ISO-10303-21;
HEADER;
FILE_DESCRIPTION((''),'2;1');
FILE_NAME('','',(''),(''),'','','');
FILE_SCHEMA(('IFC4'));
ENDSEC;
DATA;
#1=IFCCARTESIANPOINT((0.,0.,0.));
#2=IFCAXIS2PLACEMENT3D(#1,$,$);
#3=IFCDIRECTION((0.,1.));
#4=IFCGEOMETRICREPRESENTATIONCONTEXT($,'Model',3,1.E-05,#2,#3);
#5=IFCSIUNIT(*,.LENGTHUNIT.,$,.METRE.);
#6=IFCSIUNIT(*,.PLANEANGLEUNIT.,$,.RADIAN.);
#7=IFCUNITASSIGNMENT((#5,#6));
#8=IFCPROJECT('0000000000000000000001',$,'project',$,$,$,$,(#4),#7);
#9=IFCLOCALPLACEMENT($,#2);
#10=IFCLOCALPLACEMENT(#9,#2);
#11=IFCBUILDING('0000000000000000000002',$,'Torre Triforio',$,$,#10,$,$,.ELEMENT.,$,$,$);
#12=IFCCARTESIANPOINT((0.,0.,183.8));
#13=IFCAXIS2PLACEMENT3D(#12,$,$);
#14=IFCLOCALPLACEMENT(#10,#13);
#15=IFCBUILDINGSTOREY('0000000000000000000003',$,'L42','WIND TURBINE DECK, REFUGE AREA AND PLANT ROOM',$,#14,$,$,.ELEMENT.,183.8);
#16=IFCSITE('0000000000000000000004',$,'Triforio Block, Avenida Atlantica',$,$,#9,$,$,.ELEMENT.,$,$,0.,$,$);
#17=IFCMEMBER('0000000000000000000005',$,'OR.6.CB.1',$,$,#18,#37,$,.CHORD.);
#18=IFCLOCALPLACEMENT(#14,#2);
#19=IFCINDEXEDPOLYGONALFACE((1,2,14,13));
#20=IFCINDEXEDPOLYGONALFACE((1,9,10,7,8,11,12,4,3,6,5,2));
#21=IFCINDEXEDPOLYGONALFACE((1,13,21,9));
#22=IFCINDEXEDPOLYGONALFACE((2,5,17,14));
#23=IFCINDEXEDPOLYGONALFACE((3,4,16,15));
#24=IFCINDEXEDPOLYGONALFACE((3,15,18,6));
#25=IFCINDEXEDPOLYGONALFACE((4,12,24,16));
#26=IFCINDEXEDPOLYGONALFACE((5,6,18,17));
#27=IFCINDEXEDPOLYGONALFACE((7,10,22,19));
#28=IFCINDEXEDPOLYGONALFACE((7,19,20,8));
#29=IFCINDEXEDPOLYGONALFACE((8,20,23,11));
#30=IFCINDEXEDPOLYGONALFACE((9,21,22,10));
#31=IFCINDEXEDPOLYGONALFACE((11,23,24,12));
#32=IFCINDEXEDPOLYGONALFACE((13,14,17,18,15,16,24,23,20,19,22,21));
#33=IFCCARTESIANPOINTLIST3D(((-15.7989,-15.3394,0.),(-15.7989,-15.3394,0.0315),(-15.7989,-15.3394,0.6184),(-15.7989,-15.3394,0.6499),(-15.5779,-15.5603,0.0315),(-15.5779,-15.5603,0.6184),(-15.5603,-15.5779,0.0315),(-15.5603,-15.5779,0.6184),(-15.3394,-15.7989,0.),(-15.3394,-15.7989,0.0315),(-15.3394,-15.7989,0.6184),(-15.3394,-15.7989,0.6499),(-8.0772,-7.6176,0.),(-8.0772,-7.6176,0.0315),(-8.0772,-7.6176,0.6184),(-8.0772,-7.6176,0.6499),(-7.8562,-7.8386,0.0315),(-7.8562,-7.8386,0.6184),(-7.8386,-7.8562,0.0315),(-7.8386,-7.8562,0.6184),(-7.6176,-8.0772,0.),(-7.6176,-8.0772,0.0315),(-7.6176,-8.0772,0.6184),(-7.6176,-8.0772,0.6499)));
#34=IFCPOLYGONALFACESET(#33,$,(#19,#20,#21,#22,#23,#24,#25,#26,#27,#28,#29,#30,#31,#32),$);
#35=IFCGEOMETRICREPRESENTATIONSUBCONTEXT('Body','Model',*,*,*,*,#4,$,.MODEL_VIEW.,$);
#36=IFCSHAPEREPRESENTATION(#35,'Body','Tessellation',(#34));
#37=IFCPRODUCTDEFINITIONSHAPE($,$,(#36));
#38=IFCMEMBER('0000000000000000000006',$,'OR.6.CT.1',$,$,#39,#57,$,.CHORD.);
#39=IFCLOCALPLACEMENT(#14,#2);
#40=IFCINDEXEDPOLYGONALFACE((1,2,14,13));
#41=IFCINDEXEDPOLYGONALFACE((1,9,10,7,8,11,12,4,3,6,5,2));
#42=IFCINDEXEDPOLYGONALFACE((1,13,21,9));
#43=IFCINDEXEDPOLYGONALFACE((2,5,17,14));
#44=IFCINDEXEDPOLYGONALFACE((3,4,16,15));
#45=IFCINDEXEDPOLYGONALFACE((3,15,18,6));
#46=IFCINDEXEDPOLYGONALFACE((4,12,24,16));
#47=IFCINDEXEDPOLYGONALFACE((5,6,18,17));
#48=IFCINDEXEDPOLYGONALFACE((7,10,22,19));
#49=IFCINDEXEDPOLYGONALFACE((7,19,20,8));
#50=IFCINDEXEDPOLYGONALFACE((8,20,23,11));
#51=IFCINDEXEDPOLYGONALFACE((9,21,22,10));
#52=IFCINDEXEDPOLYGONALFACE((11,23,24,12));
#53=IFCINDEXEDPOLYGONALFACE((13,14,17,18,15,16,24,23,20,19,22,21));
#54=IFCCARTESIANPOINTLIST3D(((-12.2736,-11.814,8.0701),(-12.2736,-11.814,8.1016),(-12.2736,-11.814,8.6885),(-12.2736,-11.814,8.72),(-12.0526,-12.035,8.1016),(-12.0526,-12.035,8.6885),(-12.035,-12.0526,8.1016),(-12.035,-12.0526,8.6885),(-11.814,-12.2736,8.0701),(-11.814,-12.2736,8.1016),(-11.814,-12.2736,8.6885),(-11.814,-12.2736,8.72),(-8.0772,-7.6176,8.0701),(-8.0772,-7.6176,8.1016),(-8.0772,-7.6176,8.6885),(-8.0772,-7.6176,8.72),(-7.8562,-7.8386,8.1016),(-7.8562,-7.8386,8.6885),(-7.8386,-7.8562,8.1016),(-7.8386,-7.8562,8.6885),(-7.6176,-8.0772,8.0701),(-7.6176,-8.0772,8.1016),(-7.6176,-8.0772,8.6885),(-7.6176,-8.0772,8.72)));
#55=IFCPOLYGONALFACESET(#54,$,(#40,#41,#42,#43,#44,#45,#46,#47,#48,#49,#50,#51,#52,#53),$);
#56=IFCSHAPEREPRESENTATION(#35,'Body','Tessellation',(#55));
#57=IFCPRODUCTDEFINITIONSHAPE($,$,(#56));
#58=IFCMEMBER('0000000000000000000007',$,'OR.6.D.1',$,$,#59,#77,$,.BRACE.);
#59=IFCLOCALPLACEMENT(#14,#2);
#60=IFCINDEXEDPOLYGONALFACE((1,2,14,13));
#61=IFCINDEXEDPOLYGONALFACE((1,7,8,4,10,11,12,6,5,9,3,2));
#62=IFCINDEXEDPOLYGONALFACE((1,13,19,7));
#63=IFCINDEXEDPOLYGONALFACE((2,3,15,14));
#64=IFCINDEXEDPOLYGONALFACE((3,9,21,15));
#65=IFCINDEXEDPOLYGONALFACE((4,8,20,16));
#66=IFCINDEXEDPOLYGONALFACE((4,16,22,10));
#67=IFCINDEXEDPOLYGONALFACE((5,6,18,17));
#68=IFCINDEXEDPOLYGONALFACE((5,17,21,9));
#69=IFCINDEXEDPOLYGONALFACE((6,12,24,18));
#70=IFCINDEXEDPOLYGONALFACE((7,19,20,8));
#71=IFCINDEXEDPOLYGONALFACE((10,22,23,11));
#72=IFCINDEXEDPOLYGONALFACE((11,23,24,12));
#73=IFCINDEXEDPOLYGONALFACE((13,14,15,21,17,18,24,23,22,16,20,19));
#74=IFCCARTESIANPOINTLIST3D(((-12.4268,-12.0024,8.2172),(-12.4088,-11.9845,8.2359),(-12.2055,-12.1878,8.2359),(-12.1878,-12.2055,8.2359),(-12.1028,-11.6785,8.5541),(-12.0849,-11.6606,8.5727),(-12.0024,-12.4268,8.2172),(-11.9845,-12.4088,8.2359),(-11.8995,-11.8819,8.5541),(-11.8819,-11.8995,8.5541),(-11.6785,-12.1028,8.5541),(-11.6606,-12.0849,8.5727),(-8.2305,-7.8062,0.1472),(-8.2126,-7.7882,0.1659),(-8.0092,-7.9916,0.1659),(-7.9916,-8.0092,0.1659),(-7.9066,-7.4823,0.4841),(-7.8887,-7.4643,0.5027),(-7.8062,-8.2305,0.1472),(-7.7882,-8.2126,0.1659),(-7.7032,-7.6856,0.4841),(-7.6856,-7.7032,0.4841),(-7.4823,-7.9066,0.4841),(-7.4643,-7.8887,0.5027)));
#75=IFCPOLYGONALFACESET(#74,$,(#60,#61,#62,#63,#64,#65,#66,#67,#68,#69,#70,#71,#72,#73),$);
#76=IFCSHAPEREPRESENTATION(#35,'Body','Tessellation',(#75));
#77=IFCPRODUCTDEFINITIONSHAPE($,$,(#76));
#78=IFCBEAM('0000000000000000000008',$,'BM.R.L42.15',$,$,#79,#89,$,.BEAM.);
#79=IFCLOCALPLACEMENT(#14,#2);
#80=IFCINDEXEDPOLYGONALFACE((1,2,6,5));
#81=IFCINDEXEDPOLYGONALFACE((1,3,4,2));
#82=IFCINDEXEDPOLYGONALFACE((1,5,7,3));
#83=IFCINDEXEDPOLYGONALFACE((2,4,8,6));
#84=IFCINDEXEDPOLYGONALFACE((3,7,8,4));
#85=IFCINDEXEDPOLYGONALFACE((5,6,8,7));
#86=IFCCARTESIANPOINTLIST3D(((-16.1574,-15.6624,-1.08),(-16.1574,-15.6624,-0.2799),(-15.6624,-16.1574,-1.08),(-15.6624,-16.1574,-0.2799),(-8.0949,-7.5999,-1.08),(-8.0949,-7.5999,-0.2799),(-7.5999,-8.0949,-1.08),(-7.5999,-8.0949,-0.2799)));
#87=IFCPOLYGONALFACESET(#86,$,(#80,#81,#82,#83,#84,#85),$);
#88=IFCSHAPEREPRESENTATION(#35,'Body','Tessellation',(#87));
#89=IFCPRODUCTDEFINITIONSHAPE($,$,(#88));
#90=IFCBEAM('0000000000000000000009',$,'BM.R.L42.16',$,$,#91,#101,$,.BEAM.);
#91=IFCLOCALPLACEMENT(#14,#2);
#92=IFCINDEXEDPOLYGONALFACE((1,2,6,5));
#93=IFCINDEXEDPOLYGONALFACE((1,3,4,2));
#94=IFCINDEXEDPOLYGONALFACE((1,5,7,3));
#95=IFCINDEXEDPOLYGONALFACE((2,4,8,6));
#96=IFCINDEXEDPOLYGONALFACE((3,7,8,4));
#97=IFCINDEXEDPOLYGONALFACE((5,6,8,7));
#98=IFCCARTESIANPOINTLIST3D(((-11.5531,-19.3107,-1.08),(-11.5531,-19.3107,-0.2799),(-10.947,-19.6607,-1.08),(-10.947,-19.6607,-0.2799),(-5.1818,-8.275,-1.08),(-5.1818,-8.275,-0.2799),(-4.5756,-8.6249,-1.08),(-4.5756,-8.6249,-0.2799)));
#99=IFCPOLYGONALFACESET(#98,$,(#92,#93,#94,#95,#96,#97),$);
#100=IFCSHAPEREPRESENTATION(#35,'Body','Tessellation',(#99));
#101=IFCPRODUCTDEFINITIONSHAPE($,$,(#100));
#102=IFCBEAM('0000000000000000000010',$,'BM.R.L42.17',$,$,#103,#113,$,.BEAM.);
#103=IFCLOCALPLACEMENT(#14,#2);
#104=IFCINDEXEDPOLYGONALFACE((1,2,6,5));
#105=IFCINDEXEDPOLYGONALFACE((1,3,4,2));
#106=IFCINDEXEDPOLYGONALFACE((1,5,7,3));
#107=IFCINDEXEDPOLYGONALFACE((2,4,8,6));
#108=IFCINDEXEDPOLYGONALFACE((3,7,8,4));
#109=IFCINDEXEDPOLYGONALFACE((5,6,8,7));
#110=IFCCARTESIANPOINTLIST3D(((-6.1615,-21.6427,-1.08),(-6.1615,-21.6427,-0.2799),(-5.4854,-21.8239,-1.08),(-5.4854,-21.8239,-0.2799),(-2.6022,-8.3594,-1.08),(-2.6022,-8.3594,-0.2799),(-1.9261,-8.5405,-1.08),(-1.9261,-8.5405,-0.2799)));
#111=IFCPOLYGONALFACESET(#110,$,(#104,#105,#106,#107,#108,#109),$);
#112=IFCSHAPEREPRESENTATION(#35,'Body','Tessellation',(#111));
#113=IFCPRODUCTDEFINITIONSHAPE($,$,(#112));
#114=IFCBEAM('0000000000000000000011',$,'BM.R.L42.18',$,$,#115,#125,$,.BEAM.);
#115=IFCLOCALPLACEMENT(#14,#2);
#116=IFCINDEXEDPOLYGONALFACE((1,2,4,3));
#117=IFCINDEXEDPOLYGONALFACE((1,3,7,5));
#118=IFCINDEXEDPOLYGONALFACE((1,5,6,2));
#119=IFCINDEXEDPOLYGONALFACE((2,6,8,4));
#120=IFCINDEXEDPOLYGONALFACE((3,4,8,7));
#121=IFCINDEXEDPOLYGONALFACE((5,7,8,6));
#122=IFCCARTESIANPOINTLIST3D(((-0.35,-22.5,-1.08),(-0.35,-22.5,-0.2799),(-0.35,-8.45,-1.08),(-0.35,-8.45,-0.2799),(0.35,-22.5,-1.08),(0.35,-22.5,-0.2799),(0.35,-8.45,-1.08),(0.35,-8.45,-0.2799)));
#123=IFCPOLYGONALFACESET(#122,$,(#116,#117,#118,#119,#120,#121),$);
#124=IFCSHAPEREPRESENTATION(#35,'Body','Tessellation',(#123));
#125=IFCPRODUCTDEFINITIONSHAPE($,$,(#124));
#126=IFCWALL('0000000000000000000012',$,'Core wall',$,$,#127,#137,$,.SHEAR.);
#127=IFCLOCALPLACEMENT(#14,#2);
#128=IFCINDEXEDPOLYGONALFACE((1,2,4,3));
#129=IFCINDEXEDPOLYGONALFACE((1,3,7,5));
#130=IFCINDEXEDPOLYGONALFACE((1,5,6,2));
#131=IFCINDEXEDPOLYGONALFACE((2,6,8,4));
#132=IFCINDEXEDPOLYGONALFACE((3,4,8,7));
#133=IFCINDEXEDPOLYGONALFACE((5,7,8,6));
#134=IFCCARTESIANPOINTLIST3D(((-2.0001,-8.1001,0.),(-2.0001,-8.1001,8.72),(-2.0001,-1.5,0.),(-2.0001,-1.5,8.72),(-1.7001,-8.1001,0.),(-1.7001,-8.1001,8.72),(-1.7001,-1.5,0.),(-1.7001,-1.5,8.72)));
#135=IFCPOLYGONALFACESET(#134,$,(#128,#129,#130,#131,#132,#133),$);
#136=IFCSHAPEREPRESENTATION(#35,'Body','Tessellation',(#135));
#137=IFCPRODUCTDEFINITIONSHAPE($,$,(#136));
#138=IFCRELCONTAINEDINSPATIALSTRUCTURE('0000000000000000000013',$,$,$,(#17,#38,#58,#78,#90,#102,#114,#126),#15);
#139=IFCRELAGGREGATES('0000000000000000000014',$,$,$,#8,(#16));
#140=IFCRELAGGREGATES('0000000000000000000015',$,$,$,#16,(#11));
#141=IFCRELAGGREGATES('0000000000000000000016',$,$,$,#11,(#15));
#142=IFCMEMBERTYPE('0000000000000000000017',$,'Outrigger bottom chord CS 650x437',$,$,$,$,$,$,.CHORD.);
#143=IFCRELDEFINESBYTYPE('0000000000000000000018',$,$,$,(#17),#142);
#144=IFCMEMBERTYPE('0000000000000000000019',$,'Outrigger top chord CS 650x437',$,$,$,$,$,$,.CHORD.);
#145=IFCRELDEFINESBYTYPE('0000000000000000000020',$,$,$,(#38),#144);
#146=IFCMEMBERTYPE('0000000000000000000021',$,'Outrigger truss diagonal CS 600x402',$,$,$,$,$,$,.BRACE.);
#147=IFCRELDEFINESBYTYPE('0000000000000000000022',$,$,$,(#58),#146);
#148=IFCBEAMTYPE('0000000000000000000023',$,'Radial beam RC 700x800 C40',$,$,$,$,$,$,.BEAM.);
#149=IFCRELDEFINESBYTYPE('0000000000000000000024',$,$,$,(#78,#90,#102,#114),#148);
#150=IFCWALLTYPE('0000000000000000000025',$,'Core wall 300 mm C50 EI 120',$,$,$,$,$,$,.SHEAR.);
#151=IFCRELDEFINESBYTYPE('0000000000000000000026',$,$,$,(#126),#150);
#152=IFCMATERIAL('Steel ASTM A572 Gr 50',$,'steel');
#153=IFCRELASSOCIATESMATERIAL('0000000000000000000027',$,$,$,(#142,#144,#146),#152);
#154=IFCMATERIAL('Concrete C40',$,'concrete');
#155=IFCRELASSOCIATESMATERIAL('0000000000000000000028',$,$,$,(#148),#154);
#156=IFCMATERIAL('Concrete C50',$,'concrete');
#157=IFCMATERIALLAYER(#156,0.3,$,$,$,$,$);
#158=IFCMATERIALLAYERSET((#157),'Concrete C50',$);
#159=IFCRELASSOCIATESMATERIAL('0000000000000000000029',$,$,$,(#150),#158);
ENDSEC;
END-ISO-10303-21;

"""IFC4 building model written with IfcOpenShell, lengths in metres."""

from ifc_helpers import new_model, si_unit, direction, frame, frame_2d, origin, origin_2d, place, context, subcontext, project, spatial, rectangle, i_section, extrude, material, layer, layer_set, material_profile, profile_set, type_object, element, save


model = new_model("IFC4")

# Units and contexts
model_context = context("Model", 3, precision=1e-05, world=origin(), true_north=direction((0.0, 1.0)))
body_context = subcontext(model_context, "Body", "Model", "MODEL_VIEW")
ifc_project = project(units=[si_unit("LENGTHUNIT", "METRE"), si_unit("PLANEANGLEUNIT", "RADIAN")], contexts=[model_context])

# Site, building, storey
site_placement = place(None, origin())
site = spatial("IfcSite", under=ifc_project, at=site_placement, Name="Triforio Block, Avenida Atlantica", CompositionType="ELEMENT", RefElevation=0.0)
building_placement = place(site_placement, origin())
building = spatial("IfcBuilding", under=site, at=building_placement, Name="Torre Triforio", CompositionType="ELEMENT")
storey_placement = place(building_placement, frame((0.0, 0.0, 183.8)))
storey = spatial("IfcBuildingStorey", under=building, at=storey_placement, Name="L42", Description="WIND TURBINE DECK, REFUGE AREA AND PLANT ROOM", CompositionType="ELEMENT", Elevation=183.8)

# Members
ifc_material_1 = material(Name="Steel ASTM A572 Gr 50", Category="steel")
ifc_material_profile_1 = material_profile(ifc_material_1, i_section(OverallWidth=0.6499, OverallDepth=0.6499, WebThickness=0.0249, FlangeThickness=0.0315, at=origin_2d()), Name="CS 650x437")
ifc_profile_set_1 = profile_set([ifc_material_profile_1], Name="Steel ASTM A572 Gr 50")
member_type_1 = type_object("IfcMemberType", Name="Outrigger bottom chord CS 650x437", PredefinedType="CHORD", material=ifc_profile_set_1)
member_1_placement = place(storey_placement, frame((-7.8474, -7.8474, 0.325), z_axis=(-0.707107, -0.707107, 0.0), x_axis=(0.707107, -0.707107, 0.0)))
element("IfcMember", 1, at=member_1_placement, inside=storey, type_object=member_type_1, Name="OR.6.CB.1", PredefinedType="CHORD", context=body_context, shape_type="SweptSolid", body=[
    extrude(i_section(OverallWidth=0.6499, OverallDepth=0.6499, WebThickness=0.0249, FlangeThickness=0.0315, at=origin_2d()), origin(), (0.0, 0.0, 1.0), 10.9202),
])
ifc_material_profile_2 = material_profile(ifc_material_1, i_section(OverallWidth=0.6499, OverallDepth=0.6499, WebThickness=0.0249, FlangeThickness=0.0315, at=origin_2d()), Name="CS 650x437")
ifc_profile_set_2 = profile_set([ifc_material_profile_2], Name="Steel ASTM A572 Gr 50")
member_type_2 = type_object("IfcMemberType", Name="Outrigger top chord CS 650x437", PredefinedType="CHORD", material=ifc_profile_set_2)
member_2_placement = place(storey_placement, frame((-7.8474, -7.8474, 8.395), z_axis=(-0.707107, -0.707107, 0.0), x_axis=(0.707107, -0.707107, 0.0)))
element("IfcMember", 2, at=member_2_placement, inside=storey, type_object=member_type_2, Name="OR.6.CT.1", PredefinedType="CHORD", context=body_context, shape_type="SweptSolid", body=[
    extrude(i_section(OverallWidth=0.6499, OverallDepth=0.6499, WebThickness=0.0249, FlangeThickness=0.0315, at=origin_2d()), origin(), (0.0, 0.0, 1.0), 5.9346),
])
ifc_material_profile_3 = material_profile(ifc_material_1, i_section(OverallWidth=0.6001, OverallDepth=0.6001, WebThickness=0.0249, FlangeThickness=0.0315, at=origin_2d()), Name="CS 600x402")
ifc_profile_set_3 = profile_set([ifc_material_profile_3], Name="Steel ASTM A572 Gr 50")
member_type_3 = type_object("IfcMemberType", Name="Outrigger truss diagonal CS 600x402", PredefinedType="BRACE", material=ifc_profile_set_3)
member_3_placement = place(storey_placement, frame((-7.8474, -7.8474, 0.325), z_axis=(-0.41891, -0.41891, 0.805624), x_axis=(0.707107, -0.707107, 0.0)))
element("IfcMember", 3, at=member_3_placement, inside=storey, type_object=member_type_3, Name="OR.6.D.1", PredefinedType="BRACE", context=body_context, shape_type="SweptSolid", body=[
    extrude(i_section(OverallWidth=0.6001, OverallDepth=0.6001, WebThickness=0.0249, FlangeThickness=0.0315, at=origin_2d()), origin(), (0.0, 0.0, 1.0), 10.0171),
])

# Beams
ifc_material_2 = material(Name="Concrete C40", Category="concrete")
ifc_material_profile_4 = material_profile(ifc_material_2, rectangle(XDim=0.7, YDim=0.8, at=origin_2d()), Name="RC 700x800")
ifc_profile_set_4 = profile_set([ifc_material_profile_4], Name="Concrete C40")
beam_type = type_object("IfcBeamType", Name="Radial beam RC 700x800 C40", PredefinedType="BEAM", material=ifc_profile_set_4)
beam_1_placement = place(storey_placement, frame((-7.8474, -7.8474, -0.6799), z_axis=(-0.707107, -0.707107, 0.0), x_axis=(0.707107, -0.707107, 0.0)))
element("IfcBeam", 4, at=beam_1_placement, inside=storey, type_object=beam_type, Name="BM.R.L42.15", PredefinedType="BEAM", context=body_context, shape_type="SweptSolid", body=[
    extrude(rectangle(XDim=0.7, YDim=0.8, at=origin_2d()), origin(), (0.0, 0.0, 1.0), 11.4021),
])
beam_2_placement = place(storey_placement, frame((-4.8787, -8.45, -0.6799), z_axis=(-0.499994, -0.866029, 0.0), x_axis=(0.866029, -0.499994, 0.0)))
element("IfcBeam", 5, at=beam_2_placement, inside=storey, type_object=beam_type, Name="BM.R.L42.16", PredefinedType="BEAM", context=body_context, shape_type="SweptSolid", body=[
    extrude(rectangle(XDim=0.7, YDim=0.8, at=origin_2d()), origin(), (0.0, 0.0, 1.0), 12.7429),
])
beam_3_placement = place(storey_placement, frame((-2.2642, -8.45, -0.6799), z_axis=(-0.258822, -0.965925, 0.0), x_axis=(0.965925, -0.258822, 0.0)))
element("IfcBeam", 6, at=beam_3_placement, inside=storey, type_object=beam_type, Name="BM.R.L42.17", PredefinedType="BEAM", context=body_context, shape_type="SweptSolid", body=[
    extrude(rectangle(XDim=0.7, YDim=0.8, at=origin_2d()), origin(), (0.0, 0.0, 1.0), 13.752),
])
beam_4_placement = place(storey_placement, frame((0.0, -8.45, -0.6799), z_axis=(0.0, -1.0, 0.0), x_axis=(1.0, 0.0, 0.0)))
element("IfcBeam", 7, at=beam_4_placement, inside=storey, type_object=beam_type, Name="BM.R.L42.18", PredefinedType="BEAM", context=body_context, shape_type="SweptSolid", body=[
    extrude(rectangle(XDim=0.7, YDim=0.8, at=origin_2d()), origin(), (0.0, 0.0, 1.0), 14.05),
])

# Wall
ifc_material_3 = material(Name="Concrete C50", Category="concrete")
ifc_layer_1 = layer(ifc_material_3, 0.3)
ifc_layer_set_1 = layer_set([ifc_layer_1], Name="Concrete C50")
wall_type_1 = type_object("IfcWallType", Name="Core wall 300 mm C50 EI 120", PredefinedType="SHEAR", material=ifc_layer_set_1)
wall_1_placement = place(storey_placement, frame((-1.8501, -8.1001, 0.0), z_axis=(0.0, 0.0, 1.0), x_axis=(0.0, 1.0, 0.0)))
element("IfcWall", 8, at=wall_1_placement, inside=storey, type_object=wall_type_1, Name="Core wall", PredefinedType="SHEAR", context=body_context, shape_type="SweptSolid", body=[
    extrude(rectangle(XDim=6.6001, YDim=0.3, at=frame_2d((3.3, 0.0))), origin(), (0.0, 0.0, 1.0), 8.72),
])

save(model, "model.ifc")
